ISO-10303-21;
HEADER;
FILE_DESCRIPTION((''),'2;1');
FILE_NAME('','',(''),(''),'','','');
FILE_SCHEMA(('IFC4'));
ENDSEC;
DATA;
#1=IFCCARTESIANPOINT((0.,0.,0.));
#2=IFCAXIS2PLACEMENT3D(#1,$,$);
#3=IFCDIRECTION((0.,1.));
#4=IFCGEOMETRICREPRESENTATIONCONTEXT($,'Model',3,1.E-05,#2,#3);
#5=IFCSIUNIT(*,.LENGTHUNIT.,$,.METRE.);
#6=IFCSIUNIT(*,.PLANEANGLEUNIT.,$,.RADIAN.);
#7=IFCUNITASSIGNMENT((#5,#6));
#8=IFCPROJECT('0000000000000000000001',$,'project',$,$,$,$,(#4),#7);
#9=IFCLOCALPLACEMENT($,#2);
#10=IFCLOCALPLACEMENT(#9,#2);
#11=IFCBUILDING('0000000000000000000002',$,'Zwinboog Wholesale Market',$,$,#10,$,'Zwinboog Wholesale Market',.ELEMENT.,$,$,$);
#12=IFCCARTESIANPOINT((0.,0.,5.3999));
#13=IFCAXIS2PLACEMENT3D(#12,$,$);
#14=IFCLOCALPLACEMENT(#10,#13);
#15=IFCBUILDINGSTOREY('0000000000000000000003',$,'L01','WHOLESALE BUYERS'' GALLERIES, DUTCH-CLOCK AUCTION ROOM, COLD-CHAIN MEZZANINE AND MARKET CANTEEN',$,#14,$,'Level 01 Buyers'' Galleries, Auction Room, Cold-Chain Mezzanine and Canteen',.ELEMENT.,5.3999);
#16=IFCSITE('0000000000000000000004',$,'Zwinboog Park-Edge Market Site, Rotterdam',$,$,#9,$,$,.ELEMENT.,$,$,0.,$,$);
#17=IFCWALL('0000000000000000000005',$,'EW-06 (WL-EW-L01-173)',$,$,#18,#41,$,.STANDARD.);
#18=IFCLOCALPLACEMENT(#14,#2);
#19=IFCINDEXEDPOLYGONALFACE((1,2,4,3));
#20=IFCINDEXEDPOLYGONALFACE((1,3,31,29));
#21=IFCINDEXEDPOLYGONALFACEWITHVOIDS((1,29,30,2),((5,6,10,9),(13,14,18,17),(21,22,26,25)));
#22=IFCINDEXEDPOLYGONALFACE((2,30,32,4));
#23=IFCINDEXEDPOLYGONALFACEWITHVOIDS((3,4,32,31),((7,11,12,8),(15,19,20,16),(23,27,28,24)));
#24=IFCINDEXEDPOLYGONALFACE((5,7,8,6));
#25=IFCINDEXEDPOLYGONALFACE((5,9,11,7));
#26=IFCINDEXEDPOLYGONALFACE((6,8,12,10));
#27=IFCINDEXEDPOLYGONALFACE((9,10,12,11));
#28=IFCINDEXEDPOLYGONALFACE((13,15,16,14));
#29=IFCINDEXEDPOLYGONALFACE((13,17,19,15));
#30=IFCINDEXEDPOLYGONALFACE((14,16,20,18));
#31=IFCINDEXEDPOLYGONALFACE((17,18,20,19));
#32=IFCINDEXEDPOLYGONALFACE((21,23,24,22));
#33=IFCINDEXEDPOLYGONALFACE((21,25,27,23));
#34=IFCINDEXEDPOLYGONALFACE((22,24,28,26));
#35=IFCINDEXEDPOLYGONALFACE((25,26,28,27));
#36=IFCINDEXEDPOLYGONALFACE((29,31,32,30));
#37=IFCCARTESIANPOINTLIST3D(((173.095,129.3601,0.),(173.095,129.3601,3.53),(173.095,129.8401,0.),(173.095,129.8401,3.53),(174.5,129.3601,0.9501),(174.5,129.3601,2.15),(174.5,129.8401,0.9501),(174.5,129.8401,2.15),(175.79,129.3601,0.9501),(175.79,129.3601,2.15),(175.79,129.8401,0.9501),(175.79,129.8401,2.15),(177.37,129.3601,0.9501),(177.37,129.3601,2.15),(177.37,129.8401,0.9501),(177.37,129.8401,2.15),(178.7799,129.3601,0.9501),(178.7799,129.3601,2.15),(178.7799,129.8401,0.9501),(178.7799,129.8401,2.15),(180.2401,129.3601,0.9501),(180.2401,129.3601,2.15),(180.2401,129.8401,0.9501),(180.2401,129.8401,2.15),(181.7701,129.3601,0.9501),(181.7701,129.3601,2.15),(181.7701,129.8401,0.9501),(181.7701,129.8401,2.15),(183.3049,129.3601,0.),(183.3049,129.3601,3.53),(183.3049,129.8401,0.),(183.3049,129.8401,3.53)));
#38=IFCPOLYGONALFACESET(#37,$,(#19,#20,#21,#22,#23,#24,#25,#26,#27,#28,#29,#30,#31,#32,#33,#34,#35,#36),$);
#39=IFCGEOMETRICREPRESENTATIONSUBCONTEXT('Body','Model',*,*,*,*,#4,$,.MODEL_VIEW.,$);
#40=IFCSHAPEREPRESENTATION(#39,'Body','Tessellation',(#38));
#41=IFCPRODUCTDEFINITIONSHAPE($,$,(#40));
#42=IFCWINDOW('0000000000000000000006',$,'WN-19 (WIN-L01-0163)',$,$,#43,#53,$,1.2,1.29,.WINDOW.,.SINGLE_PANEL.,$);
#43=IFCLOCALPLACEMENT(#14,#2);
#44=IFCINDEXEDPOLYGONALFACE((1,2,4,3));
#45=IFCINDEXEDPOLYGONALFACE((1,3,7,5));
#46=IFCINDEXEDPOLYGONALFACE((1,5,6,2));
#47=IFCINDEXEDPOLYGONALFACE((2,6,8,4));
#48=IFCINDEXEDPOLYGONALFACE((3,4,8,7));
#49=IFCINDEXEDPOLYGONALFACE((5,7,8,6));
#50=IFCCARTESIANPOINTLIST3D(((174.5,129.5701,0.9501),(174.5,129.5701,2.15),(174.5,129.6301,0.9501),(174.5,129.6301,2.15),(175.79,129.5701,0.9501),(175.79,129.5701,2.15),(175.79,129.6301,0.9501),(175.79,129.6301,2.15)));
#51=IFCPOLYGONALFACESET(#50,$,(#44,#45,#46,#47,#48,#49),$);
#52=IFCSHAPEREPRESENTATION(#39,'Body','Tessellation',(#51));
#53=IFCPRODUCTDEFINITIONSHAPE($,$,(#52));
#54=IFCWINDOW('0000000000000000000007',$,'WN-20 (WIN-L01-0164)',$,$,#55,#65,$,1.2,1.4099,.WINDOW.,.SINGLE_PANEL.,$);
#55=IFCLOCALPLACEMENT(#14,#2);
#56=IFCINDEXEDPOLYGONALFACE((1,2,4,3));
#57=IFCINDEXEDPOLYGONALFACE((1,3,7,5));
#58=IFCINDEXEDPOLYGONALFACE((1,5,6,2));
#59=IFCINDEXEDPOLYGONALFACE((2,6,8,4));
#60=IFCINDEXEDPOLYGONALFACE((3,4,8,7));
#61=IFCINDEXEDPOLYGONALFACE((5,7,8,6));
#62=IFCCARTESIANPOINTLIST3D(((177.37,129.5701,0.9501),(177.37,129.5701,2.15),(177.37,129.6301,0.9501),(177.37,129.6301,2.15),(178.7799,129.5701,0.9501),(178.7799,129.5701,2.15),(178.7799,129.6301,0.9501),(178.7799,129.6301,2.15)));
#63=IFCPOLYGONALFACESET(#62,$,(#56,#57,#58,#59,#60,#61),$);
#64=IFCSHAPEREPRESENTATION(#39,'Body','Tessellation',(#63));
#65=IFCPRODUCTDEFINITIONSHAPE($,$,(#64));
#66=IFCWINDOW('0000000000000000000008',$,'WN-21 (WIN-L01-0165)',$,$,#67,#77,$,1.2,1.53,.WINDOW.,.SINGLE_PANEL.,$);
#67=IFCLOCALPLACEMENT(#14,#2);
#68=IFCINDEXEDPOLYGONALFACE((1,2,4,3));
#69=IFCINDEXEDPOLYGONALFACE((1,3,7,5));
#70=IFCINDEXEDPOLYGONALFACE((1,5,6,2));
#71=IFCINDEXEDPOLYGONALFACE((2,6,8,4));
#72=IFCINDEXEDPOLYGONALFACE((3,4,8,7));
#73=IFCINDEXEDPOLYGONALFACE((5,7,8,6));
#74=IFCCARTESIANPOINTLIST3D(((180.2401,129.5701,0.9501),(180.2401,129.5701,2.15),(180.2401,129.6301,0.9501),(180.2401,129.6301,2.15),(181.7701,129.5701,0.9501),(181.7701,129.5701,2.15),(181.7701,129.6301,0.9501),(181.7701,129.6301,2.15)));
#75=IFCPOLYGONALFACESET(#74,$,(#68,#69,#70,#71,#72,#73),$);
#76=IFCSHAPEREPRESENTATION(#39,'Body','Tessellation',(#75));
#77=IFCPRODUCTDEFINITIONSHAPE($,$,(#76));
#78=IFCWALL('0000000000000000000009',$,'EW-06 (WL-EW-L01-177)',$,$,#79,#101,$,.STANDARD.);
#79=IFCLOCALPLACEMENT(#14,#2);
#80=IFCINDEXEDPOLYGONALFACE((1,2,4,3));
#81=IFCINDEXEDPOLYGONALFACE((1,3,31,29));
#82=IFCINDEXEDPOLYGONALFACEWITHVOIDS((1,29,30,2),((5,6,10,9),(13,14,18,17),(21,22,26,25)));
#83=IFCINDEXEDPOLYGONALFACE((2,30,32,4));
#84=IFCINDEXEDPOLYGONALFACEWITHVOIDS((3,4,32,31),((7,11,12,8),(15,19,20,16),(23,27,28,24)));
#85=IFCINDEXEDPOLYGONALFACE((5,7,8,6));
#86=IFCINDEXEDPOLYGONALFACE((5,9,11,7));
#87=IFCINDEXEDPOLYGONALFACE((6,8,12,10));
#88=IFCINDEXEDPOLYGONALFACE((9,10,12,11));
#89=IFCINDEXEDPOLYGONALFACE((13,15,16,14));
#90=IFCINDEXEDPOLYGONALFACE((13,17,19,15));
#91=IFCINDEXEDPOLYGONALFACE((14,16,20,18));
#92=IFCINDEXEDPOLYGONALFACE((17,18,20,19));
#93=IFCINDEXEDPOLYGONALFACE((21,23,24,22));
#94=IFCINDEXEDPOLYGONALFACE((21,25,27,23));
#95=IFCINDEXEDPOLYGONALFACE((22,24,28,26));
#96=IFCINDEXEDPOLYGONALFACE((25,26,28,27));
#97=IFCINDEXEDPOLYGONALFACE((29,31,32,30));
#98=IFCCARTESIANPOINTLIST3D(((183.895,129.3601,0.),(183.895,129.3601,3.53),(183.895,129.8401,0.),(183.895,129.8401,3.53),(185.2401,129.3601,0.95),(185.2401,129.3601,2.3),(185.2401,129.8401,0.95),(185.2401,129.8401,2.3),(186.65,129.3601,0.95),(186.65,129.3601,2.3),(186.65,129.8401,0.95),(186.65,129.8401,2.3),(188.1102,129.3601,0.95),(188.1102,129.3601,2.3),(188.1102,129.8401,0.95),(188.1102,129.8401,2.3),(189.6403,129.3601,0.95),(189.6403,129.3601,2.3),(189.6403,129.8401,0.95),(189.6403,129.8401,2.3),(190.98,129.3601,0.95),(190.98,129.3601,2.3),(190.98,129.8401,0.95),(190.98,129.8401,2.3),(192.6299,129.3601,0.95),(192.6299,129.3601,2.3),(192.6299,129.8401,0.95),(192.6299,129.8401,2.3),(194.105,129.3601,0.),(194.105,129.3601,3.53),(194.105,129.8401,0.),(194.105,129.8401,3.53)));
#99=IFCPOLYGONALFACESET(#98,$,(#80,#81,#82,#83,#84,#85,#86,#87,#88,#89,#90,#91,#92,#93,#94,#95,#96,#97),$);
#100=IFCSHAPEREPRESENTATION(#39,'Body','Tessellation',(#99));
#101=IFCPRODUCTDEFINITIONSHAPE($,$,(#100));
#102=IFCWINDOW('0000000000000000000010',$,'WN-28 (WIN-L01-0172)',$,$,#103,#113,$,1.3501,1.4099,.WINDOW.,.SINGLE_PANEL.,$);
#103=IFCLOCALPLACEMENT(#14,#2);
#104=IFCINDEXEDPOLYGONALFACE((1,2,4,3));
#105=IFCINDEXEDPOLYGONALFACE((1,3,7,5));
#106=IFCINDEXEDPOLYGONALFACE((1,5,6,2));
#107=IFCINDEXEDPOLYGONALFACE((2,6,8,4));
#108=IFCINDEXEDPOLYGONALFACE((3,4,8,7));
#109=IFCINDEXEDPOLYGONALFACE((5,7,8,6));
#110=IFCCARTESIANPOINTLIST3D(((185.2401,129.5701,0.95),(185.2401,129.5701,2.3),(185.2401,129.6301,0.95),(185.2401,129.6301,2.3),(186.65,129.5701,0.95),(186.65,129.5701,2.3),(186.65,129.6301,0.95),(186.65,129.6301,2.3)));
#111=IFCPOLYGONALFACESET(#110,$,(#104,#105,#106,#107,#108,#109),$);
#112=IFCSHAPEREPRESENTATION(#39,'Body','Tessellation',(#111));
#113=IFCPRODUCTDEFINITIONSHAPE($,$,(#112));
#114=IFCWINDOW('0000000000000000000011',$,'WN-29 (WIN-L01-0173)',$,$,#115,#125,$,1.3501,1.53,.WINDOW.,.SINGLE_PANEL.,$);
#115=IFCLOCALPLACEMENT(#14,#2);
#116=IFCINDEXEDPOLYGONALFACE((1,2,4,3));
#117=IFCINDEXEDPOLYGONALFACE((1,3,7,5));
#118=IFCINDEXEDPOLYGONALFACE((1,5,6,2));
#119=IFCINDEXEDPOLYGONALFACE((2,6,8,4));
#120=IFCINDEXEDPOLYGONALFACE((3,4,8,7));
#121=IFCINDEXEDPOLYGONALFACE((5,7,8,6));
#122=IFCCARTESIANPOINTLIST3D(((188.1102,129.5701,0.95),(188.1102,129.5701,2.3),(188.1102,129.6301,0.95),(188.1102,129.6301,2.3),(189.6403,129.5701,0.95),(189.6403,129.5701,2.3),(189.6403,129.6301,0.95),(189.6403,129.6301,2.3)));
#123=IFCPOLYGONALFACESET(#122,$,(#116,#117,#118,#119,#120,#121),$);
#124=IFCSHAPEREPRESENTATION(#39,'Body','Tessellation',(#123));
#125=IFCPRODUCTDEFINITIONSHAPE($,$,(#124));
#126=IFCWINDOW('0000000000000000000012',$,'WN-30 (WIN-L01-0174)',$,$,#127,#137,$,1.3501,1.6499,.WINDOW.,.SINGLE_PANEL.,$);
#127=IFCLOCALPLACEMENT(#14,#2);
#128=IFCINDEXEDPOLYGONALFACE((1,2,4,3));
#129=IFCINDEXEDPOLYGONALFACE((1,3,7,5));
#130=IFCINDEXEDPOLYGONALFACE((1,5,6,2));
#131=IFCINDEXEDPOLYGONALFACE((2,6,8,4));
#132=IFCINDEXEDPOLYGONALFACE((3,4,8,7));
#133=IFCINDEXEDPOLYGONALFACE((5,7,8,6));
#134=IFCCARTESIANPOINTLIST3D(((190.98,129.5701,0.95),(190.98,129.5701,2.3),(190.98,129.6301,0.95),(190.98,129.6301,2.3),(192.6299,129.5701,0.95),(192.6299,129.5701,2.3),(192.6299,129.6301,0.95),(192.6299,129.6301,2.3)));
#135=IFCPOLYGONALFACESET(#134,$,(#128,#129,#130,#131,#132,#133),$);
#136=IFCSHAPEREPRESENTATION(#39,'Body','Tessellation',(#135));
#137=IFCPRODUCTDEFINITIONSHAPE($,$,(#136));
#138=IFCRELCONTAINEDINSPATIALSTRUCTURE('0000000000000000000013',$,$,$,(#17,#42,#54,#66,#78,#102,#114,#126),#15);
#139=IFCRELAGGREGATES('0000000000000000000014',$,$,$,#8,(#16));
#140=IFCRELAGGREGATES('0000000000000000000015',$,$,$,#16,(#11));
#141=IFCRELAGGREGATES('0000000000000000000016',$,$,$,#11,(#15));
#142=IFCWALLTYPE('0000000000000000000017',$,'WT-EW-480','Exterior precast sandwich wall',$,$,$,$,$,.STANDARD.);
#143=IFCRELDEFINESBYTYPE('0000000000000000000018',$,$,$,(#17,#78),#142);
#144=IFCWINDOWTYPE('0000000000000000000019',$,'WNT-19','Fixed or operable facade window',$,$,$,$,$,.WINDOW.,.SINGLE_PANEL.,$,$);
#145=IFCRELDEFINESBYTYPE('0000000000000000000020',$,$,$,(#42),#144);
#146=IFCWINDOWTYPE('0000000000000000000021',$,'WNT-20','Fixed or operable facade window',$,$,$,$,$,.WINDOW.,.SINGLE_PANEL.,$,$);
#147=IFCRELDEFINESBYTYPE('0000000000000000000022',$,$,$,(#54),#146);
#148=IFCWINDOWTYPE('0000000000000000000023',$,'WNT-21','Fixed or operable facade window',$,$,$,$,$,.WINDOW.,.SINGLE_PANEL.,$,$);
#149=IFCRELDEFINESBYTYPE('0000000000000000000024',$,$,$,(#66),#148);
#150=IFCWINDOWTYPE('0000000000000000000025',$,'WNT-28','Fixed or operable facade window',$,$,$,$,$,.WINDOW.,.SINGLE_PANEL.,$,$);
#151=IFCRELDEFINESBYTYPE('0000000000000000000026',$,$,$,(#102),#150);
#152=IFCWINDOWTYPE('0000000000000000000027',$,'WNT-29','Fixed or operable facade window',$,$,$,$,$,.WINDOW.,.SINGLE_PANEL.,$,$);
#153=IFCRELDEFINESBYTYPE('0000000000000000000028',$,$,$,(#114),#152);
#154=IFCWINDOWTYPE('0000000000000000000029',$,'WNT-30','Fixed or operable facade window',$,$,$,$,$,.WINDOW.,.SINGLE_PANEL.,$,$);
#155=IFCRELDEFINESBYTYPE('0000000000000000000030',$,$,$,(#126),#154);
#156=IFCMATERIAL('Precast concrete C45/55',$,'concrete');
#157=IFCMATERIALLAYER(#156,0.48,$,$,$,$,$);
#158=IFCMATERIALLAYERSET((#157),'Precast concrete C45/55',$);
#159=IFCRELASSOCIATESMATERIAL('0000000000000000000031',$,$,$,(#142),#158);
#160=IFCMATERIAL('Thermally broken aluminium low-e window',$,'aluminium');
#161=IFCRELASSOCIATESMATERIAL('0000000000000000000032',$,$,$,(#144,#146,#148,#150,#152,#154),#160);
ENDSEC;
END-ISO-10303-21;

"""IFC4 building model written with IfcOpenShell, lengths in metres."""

from ifc_helpers import new_model, si_unit, direction, frame, frame_2d, origin, place, context, subcontext, project, spatial, rectangle, extrude, material, layer, layer_set, type_object, element, fill, save


model = new_model("IFC4")

# Units and contexts
model_context = context("Model", 3, precision=1e-05, world=origin(), true_north=direction((0.0, 1.0)))
body_context = subcontext(model_context, "Body", "Model", "MODEL_VIEW")
ifc_project = project(units=[si_unit("LENGTHUNIT", "METRE"), si_unit("PLANEANGLEUNIT", "RADIAN")], contexts=[model_context])

# Site, building, storey
site_placement = place(None, origin())
site = spatial("IfcSite", under=ifc_project, at=site_placement, Name="Zwinboog Park-Edge Market Site, Rotterdam", CompositionType="ELEMENT", RefElevation=0.0)
building_placement = place(site_placement, origin())
building = spatial("IfcBuilding", under=site, at=building_placement, Name="Zwinboog Wholesale Market", LongName="Zwinboog Wholesale Market", CompositionType="ELEMENT")
storey_placement = place(building_placement, frame((0.0, 0.0, 5.3999)))
storey = spatial("IfcBuildingStorey", under=building, at=storey_placement, Name="L01", Description="WHOLESALE BUYERS' GALLERIES, DUTCH-CLOCK AUCTION ROOM, COLD-CHAIN MEZZANINE AND MARKET CANTEEN", LongName="Level 01 Buyers' Galleries, Auction Room, Cold-Chain Mezzanine and Canteen", CompositionType="ELEMENT", Elevation=5.3999)

# Shared definitions
ifc_material_1 = material(Name="Precast concrete C45/55", Category="concrete")

# Walls, openings, windows
ifc_layer_1 = layer(ifc_material_1, 0.48)
ifc_layer_set_1 = layer_set([ifc_layer_1], Name="Precast concrete C45/55")
wall_type_1 = type_object("IfcWallType", Name="WT-EW-480", Description="Exterior precast sandwich wall", PredefinedType="STANDARD", material=ifc_layer_set_1)
wall_1_placement = place(storey_placement, frame((173.095, 129.6001, 0.0), z_axis=(0.0, 0.0, 1.0), x_axis=(1.0, 0.0, 0.0)))
wall_1 = element("IfcWall", 1, at=wall_1_placement, inside=storey, type_object=wall_type_1, Name="EW-06 (WL-EW-L01-173)", PredefinedType="STANDARD", context=body_context, shape_type="SweptSolid", body=[
    extrude(rectangle(XDim=10.21, YDim=0.48, at=frame_2d((5.105, 0.0))), origin(), (0.0, 0.0, 1.0), 3.53),
])
opening_1_placement = place(wall_1_placement, frame((1.405, 0.0, 0.95)))
opening_1 = element("IfcOpeningElement", 2, at=opening_1_placement, cuts=wall_1, PredefinedType="OPENING", context=body_context, shape_type="SweptSolid", body=[
    extrude(rectangle(XDim=1.29, YDim=1.2, at=frame_2d((0.645, 0.6001))), frame((0.0, 0.25, 0.0), z_axis=(0.0, -1.0, 0.0), x_axis=(1.0, 0.0, 0.0)), (0.0, 0.0, 1.0), 0.5),
])
opening_2_placement = place(wall_1_placement, frame((4.2749, 0.0, 0.95)))
opening_2 = element("IfcOpeningElement", 3, at=opening_2_placement, cuts=wall_1, PredefinedType="OPENING", context=body_context, shape_type="SweptSolid", body=[
    extrude(rectangle(XDim=1.4099, YDim=1.2, at=frame_2d((0.7051, 0.6001))), frame((0.0, 0.25, 0.0), z_axis=(0.0, -1.0, 0.0), x_axis=(1.0, 0.0, 0.0)), (0.0, 0.0, 1.0), 0.5),
])
opening_3_placement = place(wall_1_placement, frame((7.145, 0.0, 0.95)))
opening_3 = element("IfcOpeningElement", 4, at=opening_3_placement, cuts=wall_1, PredefinedType="OPENING", context=body_context, shape_type="SweptSolid", body=[
    extrude(rectangle(XDim=1.53, YDim=1.2, at=frame_2d((0.7651, 0.6001))), frame((0.0, 0.25, 0.0), z_axis=(0.0, -1.0, 0.0), x_axis=(1.0, 0.0, 0.0)), (0.0, 0.0, 1.0), 0.5),
])
ifc_material_2 = material(Name="Thermally broken aluminium low-e window", Category="aluminium")
window_type_1 = type_object("IfcWindowType", Name="WNT-19", Description="Fixed or operable facade window", PartitioningType="SINGLE_PANEL", PredefinedType="WINDOW", material=ifc_material_2)
window_1_placement = place(opening_1_placement, origin())
window_1 = element("IfcWindow", 5, at=window_1_placement, inside=storey, type_object=window_type_1, Name="WN-19 (WIN-L01-0163)", OverallHeight=1.2, OverallWidth=1.29, PartitioningType="SINGLE_PANEL", PredefinedType="WINDOW", context=body_context, shape_type="SweptSolid", body=[
    extrude(rectangle(XDim=1.29, YDim=1.2, at=frame_2d((0.645, 0.6001))), frame((0.0, 0.03, 0.0), z_axis=(0.0, -1.0, 0.0), x_axis=(1.0, 0.0, 0.0)), (0.0, 0.0, 1.0), 0.0601),
])
fill(opening_1, window_1)
window_type_2 = type_object("IfcWindowType", Name="WNT-20", Description="Fixed or operable facade window", PartitioningType="SINGLE_PANEL", PredefinedType="WINDOW", material=ifc_material_2)
window_2_placement = place(opening_2_placement, origin())
window_2 = element("IfcWindow", 6, at=window_2_placement, inside=storey, type_object=window_type_2, Name="WN-20 (WIN-L01-0164)", OverallHeight=1.2, OverallWidth=1.4099, PartitioningType="SINGLE_PANEL", PredefinedType="WINDOW", context=body_context, shape_type="SweptSolid", body=[
    extrude(rectangle(XDim=1.4099, YDim=1.2, at=frame_2d((0.7051, 0.6001))), frame((0.0, 0.03, 0.0), z_axis=(0.0, -1.0, 0.0), x_axis=(1.0, 0.0, 0.0)), (0.0, 0.0, 1.0), 0.0601),
])
fill(opening_2, window_2)
window_type_3 = type_object("IfcWindowType", Name="WNT-21", Description="Fixed or operable facade window", PartitioningType="SINGLE_PANEL", PredefinedType="WINDOW", material=ifc_material_2)
window_3_placement = place(opening_3_placement, origin())
window_3 = element("IfcWindow", 7, at=window_3_placement, inside=storey, type_object=window_type_3, Name="WN-21 (WIN-L01-0165)", OverallHeight=1.2, OverallWidth=1.53, PartitioningType="SINGLE_PANEL", PredefinedType="WINDOW", context=body_context, shape_type="SweptSolid", body=[
    extrude(rectangle(XDim=1.53, YDim=1.2, at=frame_2d((0.7651, 0.6001))), frame((0.0, 0.03, 0.0), z_axis=(0.0, -1.0, 0.0), x_axis=(1.0, 0.0, 0.0)), (0.0, 0.0, 1.0), 0.0601),
])
fill(opening_3, window_3)
wall_2_placement = place(storey_placement, frame((183.895, 129.6001, 0.0), z_axis=(0.0, 0.0, 1.0), x_axis=(1.0, 0.0, 0.0)))
wall_2 = element("IfcWall", 8, at=wall_2_placement, inside=storey, type_object=wall_type_1, Name="EW-06 (WL-EW-L01-177)", PredefinedType="STANDARD", context=body_context, shape_type="SweptSolid", body=[
    extrude(rectangle(XDim=10.21, YDim=0.48, at=frame_2d((5.105, 0.0))), origin(), (0.0, 0.0, 1.0), 3.53),
])
opening_4_placement = place(wall_2_placement, frame((1.345, 0.0, 0.95)))
opening_4 = element("IfcOpeningElement", 9, at=opening_4_placement, cuts=wall_2, PredefinedType="OPENING", context=body_context, shape_type="SweptSolid", body=[
    extrude(rectangle(XDim=1.4099, YDim=1.3501, at=frame_2d((0.7051, 0.675))), frame((0.0, 0.25, 0.0), z_axis=(0.0, -1.0, 0.0), x_axis=(1.0, 0.0, 0.0)), (0.0, 0.0, 1.0), 0.5),
])
opening_5_placement = place(wall_2_placement, frame((4.2151, 0.0, 0.95)))
opening_5 = element("IfcOpeningElement", 10, at=opening_5_placement, cuts=wall_2, PredefinedType="OPENING", context=body_context, shape_type="SweptSolid", body=[
    extrude(rectangle(XDim=1.53, YDim=1.3501, at=frame_2d((0.7651, 0.675))), frame((0.0, 0.25, 0.0), z_axis=(0.0, -1.0, 0.0), x_axis=(1.0, 0.0, 0.0)), (0.0, 0.0, 1.0), 0.5),
])
opening_6_placement = place(wall_2_placement, frame((7.085, 0.0, 0.95)))
opening_6 = element("IfcOpeningElement", 11, at=opening_6_placement, cuts=wall_2, PredefinedType="OPENING", context=body_context, shape_type="SweptSolid", body=[
    extrude(rectangle(XDim=1.6499, YDim=1.3501, at=frame_2d((0.825, 0.675))), frame((0.0, 0.25, 0.0), z_axis=(0.0, -1.0, 0.0), x_axis=(1.0, 0.0, 0.0)), (0.0, 0.0, 1.0), 0.5),
])
window_type_4 = type_object("IfcWindowType", Name="WNT-28", Description="Fixed or operable facade window", PartitioningType="SINGLE_PANEL", PredefinedType="WINDOW", material=ifc_material_2)
window_4_placement = place(opening_4_placement, origin())
window_4 = element("IfcWindow", 12, at=window_4_placement, inside=storey, type_object=window_type_4, Name="WN-28 (WIN-L01-0172)", OverallHeight=1.3501, OverallWidth=1.4099, PartitioningType="SINGLE_PANEL", PredefinedType="WINDOW", context=body_context, shape_type="SweptSolid", body=[
    extrude(rectangle(XDim=1.4099, YDim=1.3501, at=frame_2d((0.7051, 0.675))), frame((0.0, 0.03, 0.0), z_axis=(0.0, -1.0, 0.0), x_axis=(1.0, 0.0, 0.0)), (0.0, 0.0, 1.0), 0.0601),
])
fill(opening_4, window_4)
window_type_5 = type_object("IfcWindowType", Name="WNT-29", Description="Fixed or operable facade window", PartitioningType="SINGLE_PANEL", PredefinedType="WINDOW", material=ifc_material_2)
window_5_placement = place(opening_5_placement, origin())
window_5 = element("IfcWindow", 13, at=window_5_placement, inside=storey, type_object=window_type_5, Name="WN-29 (WIN-L01-0173)", OverallHeight=1.3501, OverallWidth=1.53, PartitioningType="SINGLE_PANEL", PredefinedType="WINDOW", context=body_context, shape_type="SweptSolid", body=[
    extrude(rectangle(XDim=1.53, YDim=1.3501, at=frame_2d((0.7651, 0.675))), frame((0.0, 0.03, 0.0), z_axis=(0.0, -1.0, 0.0), x_axis=(1.0, 0.0, 0.0)), (0.0, 0.0, 1.0), 0.0601),
])
fill(opening_5, window_5)
window_type_6 = type_object("IfcWindowType", Name="WNT-30", Description="Fixed or operable facade window", PartitioningType="SINGLE_PANEL", PredefinedType="WINDOW", material=ifc_material_2)
window_6_placement = place(opening_6_placement, origin())
window_6 = element("IfcWindow", 14, at=window_6_placement, inside=storey, type_object=window_type_6, Name="WN-30 (WIN-L01-0174)", OverallHeight=1.3501, OverallWidth=1.6499, PartitioningType="SINGLE_PANEL", PredefinedType="WINDOW", context=body_context, shape_type="SweptSolid", body=[
    extrude(rectangle(XDim=1.6499, YDim=1.3501, at=frame_2d((0.825, 0.675))), frame((0.0, 0.03, 0.0), z_axis=(0.0, -1.0, 0.0), x_axis=(1.0, 0.0, 0.0)), (0.0, 0.0, 1.0), 0.0601),
])
fill(opening_6, window_6)

save(model, "model.ifc")
